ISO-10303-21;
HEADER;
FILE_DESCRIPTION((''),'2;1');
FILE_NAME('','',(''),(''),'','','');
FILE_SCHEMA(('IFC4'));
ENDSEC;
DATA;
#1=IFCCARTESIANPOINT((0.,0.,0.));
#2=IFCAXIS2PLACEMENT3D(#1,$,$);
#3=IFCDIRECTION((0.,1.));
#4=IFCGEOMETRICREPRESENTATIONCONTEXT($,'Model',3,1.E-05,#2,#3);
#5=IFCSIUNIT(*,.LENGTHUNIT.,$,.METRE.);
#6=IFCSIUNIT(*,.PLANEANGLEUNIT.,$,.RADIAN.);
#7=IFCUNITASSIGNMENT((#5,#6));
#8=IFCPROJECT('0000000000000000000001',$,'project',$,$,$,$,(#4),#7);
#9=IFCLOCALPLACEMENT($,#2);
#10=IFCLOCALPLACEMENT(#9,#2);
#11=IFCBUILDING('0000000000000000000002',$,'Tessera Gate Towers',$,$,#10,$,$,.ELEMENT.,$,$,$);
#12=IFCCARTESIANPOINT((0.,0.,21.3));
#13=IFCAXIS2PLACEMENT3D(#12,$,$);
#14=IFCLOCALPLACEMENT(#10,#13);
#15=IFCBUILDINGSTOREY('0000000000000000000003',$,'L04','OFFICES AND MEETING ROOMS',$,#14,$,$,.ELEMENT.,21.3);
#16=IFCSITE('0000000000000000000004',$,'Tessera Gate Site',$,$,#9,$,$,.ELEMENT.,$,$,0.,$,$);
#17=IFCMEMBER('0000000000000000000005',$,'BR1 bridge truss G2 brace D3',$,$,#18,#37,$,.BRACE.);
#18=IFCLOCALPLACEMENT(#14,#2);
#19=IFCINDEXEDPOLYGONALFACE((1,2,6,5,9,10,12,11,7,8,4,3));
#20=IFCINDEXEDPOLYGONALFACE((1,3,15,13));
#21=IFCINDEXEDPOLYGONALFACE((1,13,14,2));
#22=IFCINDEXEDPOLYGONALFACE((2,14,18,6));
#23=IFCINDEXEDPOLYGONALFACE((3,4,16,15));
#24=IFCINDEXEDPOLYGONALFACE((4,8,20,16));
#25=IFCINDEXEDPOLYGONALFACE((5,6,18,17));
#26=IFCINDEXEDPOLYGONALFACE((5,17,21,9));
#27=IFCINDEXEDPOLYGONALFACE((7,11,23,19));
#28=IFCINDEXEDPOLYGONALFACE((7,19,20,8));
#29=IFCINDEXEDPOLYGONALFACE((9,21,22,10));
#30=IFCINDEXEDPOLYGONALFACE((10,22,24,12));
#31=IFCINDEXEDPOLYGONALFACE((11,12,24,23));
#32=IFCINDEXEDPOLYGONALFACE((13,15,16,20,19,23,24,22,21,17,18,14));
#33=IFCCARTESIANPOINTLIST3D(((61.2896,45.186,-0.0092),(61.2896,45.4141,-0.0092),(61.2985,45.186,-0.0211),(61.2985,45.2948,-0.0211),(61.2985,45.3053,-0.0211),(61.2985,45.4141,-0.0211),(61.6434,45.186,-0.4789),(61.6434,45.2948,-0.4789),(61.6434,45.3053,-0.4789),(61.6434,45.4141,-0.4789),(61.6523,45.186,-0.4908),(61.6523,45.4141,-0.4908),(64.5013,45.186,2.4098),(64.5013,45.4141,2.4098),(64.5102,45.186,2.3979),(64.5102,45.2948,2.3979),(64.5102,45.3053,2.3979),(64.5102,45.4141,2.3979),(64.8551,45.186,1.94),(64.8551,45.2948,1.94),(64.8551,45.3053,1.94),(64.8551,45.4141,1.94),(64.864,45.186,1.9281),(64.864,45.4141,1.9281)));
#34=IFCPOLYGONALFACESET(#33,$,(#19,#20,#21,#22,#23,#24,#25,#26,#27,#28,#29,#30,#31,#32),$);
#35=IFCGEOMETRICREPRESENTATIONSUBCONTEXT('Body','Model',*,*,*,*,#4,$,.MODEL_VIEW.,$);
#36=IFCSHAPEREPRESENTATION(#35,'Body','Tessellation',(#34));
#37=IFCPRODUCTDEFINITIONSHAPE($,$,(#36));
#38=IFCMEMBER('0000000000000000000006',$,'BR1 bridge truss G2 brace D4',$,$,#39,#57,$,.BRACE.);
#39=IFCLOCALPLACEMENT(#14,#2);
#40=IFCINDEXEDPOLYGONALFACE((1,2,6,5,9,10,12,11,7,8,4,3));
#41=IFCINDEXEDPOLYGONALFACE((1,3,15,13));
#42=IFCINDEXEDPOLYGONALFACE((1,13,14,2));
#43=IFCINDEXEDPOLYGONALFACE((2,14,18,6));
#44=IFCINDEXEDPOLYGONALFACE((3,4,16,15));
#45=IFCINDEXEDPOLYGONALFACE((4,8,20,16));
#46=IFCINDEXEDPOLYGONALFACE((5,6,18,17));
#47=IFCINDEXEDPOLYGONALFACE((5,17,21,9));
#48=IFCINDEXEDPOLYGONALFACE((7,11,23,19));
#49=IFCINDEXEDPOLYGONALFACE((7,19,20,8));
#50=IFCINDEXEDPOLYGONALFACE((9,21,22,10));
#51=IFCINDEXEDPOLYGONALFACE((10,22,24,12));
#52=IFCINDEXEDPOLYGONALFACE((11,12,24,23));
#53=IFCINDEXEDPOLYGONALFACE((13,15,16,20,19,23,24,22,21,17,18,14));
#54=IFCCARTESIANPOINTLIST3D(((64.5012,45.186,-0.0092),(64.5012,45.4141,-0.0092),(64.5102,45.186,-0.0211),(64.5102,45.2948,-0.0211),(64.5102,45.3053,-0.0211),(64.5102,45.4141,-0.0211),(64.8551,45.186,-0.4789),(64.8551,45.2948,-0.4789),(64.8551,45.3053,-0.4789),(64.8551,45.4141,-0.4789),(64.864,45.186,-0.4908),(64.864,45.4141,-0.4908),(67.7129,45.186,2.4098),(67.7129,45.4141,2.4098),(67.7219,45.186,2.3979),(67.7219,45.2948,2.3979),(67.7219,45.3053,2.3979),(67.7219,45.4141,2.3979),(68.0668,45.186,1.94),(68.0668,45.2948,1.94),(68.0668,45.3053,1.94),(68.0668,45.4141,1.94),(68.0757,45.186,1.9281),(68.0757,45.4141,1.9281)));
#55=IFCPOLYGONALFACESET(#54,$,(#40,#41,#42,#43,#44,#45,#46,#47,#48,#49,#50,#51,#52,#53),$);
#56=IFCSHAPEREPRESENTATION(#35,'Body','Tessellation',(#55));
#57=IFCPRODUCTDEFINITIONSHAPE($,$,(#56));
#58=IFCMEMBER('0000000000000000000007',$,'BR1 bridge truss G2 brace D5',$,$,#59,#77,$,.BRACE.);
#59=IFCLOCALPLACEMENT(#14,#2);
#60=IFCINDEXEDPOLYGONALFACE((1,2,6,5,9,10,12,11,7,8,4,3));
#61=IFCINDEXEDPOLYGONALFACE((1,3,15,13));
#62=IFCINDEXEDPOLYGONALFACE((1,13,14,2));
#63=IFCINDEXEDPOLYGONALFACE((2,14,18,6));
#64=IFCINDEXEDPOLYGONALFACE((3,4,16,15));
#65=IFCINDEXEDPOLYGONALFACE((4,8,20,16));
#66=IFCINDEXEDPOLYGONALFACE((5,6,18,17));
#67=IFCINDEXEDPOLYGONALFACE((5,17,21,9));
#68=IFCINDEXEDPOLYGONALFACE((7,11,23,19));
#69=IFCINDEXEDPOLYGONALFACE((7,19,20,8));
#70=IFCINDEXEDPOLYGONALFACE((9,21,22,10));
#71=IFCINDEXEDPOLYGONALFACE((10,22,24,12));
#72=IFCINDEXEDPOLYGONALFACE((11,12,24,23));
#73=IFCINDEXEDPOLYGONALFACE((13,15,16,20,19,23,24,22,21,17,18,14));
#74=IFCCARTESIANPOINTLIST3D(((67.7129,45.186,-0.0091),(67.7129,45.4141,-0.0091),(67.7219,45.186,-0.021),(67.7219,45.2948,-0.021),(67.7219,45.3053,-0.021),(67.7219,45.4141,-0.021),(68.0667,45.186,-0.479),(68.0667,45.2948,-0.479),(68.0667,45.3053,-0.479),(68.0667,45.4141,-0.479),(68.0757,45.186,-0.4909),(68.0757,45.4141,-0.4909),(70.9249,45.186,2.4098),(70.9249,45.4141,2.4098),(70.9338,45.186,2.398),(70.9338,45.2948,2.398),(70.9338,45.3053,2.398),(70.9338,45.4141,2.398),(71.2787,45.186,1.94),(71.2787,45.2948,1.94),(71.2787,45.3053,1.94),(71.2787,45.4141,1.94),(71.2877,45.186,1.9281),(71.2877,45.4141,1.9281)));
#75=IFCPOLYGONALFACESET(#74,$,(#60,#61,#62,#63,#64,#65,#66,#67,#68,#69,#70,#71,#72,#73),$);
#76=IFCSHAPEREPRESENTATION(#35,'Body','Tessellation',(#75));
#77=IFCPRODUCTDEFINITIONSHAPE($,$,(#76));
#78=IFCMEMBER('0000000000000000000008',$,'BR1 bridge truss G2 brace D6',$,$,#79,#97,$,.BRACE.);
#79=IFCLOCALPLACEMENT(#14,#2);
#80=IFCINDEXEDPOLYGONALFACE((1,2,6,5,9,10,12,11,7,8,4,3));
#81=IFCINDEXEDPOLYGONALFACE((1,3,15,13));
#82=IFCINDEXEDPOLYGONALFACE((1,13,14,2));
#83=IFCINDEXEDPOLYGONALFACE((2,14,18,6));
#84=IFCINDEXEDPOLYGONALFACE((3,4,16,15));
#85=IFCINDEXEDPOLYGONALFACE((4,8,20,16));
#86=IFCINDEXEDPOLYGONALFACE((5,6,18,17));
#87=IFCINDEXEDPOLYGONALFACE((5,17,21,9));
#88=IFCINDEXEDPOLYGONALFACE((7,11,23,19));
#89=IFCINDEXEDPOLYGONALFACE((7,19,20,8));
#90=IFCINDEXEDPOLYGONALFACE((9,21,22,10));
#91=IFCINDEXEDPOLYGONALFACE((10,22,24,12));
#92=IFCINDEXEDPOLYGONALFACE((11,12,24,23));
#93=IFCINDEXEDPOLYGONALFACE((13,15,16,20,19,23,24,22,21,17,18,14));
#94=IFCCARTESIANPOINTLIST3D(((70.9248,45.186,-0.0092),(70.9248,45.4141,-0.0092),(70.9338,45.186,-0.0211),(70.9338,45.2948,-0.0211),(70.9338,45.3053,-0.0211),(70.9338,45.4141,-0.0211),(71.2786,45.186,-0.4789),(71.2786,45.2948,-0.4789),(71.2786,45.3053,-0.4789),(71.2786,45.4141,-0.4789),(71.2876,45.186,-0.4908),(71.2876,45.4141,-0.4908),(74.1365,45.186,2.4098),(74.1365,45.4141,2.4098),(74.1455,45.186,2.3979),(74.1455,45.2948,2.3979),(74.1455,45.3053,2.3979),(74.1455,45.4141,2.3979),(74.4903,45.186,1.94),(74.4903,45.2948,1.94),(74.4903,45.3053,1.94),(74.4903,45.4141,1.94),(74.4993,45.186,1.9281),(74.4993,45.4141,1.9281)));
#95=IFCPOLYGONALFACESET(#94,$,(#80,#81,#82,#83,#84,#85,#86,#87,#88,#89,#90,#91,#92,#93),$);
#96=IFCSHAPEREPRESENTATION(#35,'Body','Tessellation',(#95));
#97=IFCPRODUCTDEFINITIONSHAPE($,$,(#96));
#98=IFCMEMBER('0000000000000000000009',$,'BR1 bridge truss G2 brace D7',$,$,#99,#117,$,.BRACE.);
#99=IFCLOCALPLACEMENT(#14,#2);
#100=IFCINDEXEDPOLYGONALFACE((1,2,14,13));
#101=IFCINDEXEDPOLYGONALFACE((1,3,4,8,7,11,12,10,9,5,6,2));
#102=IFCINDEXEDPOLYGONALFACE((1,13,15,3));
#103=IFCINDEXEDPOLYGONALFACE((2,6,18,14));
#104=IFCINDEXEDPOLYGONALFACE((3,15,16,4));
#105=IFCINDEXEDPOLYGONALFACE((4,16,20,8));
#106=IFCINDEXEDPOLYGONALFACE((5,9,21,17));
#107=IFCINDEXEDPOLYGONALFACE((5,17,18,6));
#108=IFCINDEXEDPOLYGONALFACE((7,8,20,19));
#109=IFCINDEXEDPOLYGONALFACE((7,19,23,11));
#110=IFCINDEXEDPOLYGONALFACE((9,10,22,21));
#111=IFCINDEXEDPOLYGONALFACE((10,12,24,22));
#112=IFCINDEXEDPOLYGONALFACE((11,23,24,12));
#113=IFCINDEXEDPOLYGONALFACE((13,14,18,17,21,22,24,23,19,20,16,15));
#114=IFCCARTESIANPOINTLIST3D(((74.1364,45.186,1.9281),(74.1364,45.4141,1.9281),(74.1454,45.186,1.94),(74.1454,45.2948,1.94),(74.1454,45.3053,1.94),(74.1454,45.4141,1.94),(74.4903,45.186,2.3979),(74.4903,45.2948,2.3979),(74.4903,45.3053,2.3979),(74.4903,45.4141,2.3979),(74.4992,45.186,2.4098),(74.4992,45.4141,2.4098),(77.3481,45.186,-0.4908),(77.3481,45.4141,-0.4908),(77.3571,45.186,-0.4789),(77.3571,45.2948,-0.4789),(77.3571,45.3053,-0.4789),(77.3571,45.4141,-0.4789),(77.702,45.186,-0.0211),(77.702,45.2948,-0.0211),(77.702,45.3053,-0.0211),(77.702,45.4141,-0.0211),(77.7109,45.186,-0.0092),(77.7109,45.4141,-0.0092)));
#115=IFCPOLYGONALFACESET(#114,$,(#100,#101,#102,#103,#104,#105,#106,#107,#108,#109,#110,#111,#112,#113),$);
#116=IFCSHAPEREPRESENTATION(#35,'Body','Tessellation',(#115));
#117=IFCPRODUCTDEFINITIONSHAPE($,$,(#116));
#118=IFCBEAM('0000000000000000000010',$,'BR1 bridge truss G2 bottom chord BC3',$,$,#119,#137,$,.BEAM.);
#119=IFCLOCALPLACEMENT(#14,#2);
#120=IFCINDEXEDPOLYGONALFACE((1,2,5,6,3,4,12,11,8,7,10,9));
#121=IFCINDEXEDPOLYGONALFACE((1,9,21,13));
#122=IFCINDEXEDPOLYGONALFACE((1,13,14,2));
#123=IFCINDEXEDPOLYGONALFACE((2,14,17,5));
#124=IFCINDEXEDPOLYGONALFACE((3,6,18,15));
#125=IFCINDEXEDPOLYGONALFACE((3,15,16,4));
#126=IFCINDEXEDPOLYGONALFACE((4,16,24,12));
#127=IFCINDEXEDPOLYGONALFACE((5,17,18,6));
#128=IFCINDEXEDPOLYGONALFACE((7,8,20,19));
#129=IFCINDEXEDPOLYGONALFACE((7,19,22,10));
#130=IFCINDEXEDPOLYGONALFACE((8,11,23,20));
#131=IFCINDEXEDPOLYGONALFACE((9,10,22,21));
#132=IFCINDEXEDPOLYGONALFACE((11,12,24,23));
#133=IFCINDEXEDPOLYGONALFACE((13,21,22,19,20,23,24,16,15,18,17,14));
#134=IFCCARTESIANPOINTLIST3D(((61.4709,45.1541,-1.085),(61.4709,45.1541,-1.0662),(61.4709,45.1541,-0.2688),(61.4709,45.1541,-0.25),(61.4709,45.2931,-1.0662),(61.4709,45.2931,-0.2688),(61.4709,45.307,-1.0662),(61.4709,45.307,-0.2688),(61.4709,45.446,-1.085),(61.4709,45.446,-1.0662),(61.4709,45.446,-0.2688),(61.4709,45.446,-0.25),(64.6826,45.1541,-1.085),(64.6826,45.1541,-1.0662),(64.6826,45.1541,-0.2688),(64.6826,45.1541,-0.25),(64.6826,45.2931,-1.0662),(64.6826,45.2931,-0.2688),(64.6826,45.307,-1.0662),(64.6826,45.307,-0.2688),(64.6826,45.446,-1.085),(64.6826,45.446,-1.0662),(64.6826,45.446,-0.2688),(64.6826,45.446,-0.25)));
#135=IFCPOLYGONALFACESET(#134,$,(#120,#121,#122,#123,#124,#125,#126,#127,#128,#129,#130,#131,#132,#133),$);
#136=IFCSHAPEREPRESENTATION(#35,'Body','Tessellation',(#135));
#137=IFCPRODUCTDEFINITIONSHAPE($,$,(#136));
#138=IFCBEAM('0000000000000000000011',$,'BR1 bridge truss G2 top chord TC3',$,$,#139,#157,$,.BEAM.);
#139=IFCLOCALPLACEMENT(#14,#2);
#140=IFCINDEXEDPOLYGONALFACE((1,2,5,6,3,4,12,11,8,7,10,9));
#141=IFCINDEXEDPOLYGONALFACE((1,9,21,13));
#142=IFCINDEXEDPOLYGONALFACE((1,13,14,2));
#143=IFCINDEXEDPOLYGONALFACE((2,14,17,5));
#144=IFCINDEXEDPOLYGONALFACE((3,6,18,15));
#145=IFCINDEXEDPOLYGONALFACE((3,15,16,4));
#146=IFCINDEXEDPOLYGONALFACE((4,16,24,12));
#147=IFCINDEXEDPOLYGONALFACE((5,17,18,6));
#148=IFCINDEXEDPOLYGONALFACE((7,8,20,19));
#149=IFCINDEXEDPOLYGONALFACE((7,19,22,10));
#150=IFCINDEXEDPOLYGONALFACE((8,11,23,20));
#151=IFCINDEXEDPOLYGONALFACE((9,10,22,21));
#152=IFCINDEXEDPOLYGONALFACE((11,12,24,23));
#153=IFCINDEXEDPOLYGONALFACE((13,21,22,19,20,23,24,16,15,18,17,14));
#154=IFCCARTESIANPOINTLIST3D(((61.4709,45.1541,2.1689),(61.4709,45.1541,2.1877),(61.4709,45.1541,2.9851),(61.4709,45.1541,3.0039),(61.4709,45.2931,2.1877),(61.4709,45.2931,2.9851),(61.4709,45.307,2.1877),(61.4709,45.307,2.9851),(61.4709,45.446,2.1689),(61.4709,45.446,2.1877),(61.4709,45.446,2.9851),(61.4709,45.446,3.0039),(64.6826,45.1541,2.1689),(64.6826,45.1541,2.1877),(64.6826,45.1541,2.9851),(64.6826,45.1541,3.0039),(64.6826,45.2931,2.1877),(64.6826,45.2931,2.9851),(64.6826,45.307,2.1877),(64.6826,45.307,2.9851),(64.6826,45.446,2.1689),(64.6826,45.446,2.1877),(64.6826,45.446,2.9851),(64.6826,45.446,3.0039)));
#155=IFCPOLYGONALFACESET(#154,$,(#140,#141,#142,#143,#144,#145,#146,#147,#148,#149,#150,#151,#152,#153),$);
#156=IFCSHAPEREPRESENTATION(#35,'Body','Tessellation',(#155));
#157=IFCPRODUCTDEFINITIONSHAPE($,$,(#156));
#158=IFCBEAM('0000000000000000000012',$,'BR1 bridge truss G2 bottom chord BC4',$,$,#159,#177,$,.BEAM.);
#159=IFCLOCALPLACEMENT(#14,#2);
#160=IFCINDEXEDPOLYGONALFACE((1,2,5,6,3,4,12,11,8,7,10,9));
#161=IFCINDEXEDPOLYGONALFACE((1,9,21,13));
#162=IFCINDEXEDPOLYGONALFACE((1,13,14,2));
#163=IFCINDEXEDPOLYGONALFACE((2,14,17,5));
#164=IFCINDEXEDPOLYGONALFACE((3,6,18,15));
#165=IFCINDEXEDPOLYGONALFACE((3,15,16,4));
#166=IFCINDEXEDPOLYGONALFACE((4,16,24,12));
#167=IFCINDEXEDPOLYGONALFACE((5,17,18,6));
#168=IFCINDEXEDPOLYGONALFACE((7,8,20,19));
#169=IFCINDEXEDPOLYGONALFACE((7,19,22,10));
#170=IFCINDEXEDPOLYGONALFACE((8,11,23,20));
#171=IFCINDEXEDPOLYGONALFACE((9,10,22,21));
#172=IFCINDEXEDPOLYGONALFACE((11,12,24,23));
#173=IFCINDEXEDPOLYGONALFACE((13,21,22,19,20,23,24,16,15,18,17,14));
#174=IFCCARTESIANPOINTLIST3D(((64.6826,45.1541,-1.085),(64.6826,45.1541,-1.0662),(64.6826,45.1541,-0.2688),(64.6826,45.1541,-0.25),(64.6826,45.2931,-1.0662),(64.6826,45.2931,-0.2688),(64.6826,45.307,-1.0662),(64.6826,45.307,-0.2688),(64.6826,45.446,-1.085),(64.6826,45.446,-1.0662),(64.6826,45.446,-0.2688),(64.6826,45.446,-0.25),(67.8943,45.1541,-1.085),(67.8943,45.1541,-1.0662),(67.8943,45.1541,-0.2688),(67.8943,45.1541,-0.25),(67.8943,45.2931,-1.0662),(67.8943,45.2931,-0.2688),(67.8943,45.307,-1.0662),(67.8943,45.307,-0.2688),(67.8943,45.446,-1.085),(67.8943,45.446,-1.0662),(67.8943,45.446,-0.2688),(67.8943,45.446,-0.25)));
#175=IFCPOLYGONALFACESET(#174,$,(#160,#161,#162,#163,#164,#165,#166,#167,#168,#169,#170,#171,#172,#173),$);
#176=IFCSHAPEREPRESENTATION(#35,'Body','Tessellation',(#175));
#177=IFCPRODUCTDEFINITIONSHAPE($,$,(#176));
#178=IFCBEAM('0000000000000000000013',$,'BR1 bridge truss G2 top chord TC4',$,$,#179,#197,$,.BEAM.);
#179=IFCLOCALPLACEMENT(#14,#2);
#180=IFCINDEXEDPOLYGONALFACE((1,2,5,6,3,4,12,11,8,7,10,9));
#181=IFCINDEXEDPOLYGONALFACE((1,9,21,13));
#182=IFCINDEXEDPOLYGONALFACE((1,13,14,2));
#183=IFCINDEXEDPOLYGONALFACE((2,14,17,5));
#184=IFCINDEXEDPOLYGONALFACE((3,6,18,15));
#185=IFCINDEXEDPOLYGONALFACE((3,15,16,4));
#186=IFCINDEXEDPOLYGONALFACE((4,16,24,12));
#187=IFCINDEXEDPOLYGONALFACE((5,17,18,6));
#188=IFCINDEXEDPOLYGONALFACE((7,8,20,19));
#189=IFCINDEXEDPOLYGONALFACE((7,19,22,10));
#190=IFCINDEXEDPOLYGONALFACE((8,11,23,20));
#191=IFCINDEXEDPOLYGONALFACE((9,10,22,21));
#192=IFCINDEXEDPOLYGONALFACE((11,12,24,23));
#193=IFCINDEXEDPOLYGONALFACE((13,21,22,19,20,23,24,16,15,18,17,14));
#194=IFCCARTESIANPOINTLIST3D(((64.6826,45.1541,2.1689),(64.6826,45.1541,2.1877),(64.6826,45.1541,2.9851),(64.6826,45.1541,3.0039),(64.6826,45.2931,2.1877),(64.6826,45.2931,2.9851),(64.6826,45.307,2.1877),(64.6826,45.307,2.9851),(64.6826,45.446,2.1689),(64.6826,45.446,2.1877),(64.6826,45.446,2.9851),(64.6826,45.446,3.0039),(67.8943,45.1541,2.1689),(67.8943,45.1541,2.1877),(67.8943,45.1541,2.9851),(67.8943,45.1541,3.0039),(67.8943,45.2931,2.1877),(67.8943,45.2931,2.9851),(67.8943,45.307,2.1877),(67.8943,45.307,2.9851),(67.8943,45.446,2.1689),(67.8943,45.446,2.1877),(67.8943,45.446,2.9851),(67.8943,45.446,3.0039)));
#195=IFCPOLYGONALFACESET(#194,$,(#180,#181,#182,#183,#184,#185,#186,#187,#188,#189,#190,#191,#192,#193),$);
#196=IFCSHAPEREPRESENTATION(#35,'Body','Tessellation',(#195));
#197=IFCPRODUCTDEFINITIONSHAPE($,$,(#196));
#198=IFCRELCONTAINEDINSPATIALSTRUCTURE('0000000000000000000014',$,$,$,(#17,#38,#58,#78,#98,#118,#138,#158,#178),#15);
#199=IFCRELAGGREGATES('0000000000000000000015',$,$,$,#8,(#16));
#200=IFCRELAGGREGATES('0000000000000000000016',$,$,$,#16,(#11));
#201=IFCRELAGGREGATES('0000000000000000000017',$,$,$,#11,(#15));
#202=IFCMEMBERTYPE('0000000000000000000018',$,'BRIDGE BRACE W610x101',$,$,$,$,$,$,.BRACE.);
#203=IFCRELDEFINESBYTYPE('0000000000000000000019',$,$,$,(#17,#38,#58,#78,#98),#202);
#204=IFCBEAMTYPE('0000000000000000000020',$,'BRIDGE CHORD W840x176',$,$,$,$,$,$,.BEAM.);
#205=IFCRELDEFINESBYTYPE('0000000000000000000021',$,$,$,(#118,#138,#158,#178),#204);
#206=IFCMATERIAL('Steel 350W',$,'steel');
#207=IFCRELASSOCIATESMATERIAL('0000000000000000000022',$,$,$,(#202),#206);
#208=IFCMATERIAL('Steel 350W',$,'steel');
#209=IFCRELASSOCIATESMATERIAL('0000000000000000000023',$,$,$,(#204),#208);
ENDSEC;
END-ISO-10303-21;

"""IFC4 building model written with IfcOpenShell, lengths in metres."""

from ifc_helpers import new_model, si_unit, direction, frame, origin, origin_2d, place, context, subcontext, project, spatial, i_section, extrude, material, material_profile, profile_set, type_object, element, save


model = new_model("IFC4")

# Units and contexts
model_context = context("Model", 3, precision=1e-05, world=origin(), true_north=direction((0.0, 1.0)))
body_context = subcontext(model_context, "Body", "Model", "MODEL_VIEW")
ifc_project = project(units=[si_unit("LENGTHUNIT", "METRE"), si_unit("PLANEANGLEUNIT", "RADIAN")], contexts=[model_context])

# Site, building, storey
site_placement = place(None, origin())
site = spatial("IfcSite", under=ifc_project, at=site_placement, Name="Tessera Gate Site", CompositionType="ELEMENT", RefElevation=0.0)
building_placement = place(site_placement, origin())
building = spatial("IfcBuilding", under=site, at=building_placement, Name="Tessera Gate Towers", CompositionType="ELEMENT")
storey_placement = place(building_placement, frame((0.0, 0.0, 21.3)))
storey = spatial("IfcBuildingStorey", under=building, at=storey_placement, Name="L04", Description="OFFICES AND MEETING ROOMS", CompositionType="ELEMENT", Elevation=21.3)

# Members
ifc_material_1 = material(Name="Steel 350W", Category="steel")
ifc_material_profile_1 = material_profile(ifc_material_1, i_section(OverallWidth=0.228, OverallDepth=0.603, WebThickness=0.0105, FlangeThickness=0.0149, at=origin_2d()), Name="W610x101")
ifc_profile_set_1 = profile_set([ifc_material_profile_1], Name="Steel 350W")
member_type_1 = type_object("IfcMemberType", Name="BRIDGE BRACE W610x101", PredefinedType="BRACE", material=ifc_profile_set_1)
for number, where, z_axis, x_axis, name in (
    (1, (61.4709, 45.3, -0.25), (0.798782, 0.0, 0.601621), (0.0, 1.0, 0.0), "BR1 bridge truss G2 brace D3"),
    (2, (64.6826, 45.3, -0.25), (0.798782, 0.0, 0.601621), (0.0, 1.0, 0.0), "BR1 bridge truss G2 brace D4"),
):
    element("IfcMember", number, at=place(storey_placement, frame(where, z_axis=z_axis, x_axis=x_axis)), inside=storey, type_object=member_type_1, Name=name, PredefinedType="BRACE", context=body_context, shape_type="SweptSolid", body=[
        extrude(i_section(OverallWidth=0.228, OverallDepth=0.603, WebThickness=0.0105, FlangeThickness=0.0149, at=origin_2d()), origin(), (0.0, 0.0, 1.0), 4.0208),
    ])
member_1_placement = place(storey_placement, frame((67.8943, 45.3, -0.25), z_axis=(0.798803, 0.0, 0.601592), x_axis=(0.0, 1.0, 0.0)))
element("IfcMember", 3, at=member_1_placement, inside=storey, type_object=member_type_1, Name="BR1 bridge truss G2 brace D5", PredefinedType="BRACE", context=body_context, shape_type="SweptSolid", body=[
    extrude(i_section(OverallWidth=0.228, OverallDepth=0.603, WebThickness=0.0105, FlangeThickness=0.0149, at=origin_2d()), origin(), (0.0, 0.0, 1.0), 4.021),
])
for number, where, z_axis, x_axis, name in (
    (4, (71.1062, 45.3, -0.25), (0.798782, 0.0, 0.601621), (0.0, 1.0, 0.0), "BR1 bridge truss G2 brace D6"),
    (5, (77.5295, 45.3, -0.25), (-0.798782, 0.0, 0.601621), (0.0, -1.0, 0.0), "BR1 bridge truss G2 brace D7"),
):
    element("IfcMember", number, at=place(storey_placement, frame(where, z_axis=z_axis, x_axis=x_axis)), inside=storey, type_object=member_type_1, Name=name, PredefinedType="BRACE", context=body_context, shape_type="SweptSolid", body=[
        extrude(i_section(OverallWidth=0.228, OverallDepth=0.603, WebThickness=0.0105, FlangeThickness=0.0149, at=origin_2d()), origin(), (0.0, 0.0, 1.0), 4.0208),
    ])

# Beams
ifc_material_2 = material(Name="Steel 350W", Category="steel")
ifc_material_profile_2 = material_profile(ifc_material_2, i_section(OverallWidth=0.292, OverallDepth=0.835, WebThickness=0.0139, FlangeThickness=0.0188, at=origin_2d()), Name="W840x176")
ifc_profile_set_2 = profile_set([ifc_material_profile_2], Name="Steel 350W")
beam_type_1 = type_object("IfcBeamType", Name="BRIDGE CHORD W840x176", PredefinedType="BEAM", material=ifc_profile_set_2)
for number, where, z_axis, x_axis, name in (
    (6, (61.4709, 45.3, -0.6675), (1.0, 0.0, 0.0), (0.0, 1.0, 0.0), "BR1 bridge truss G2 bottom chord BC3"),
    (7, (61.4709, 45.3, 2.5864), (1.0, 0.0, 0.0), (0.0, 1.0, 0.0), "BR1 bridge truss G2 top chord TC3"),
    (8, (64.6826, 45.3, -0.6675), (1.0, 0.0, 0.0), (0.0, 1.0, 0.0), "BR1 bridge truss G2 bottom chord BC4"),
    (9, (64.6826, 45.3, 2.5864), (1.0, 0.0, 0.0), (0.0, 1.0, 0.0), "BR1 bridge truss G2 top chord TC4"),
):
    element("IfcBeam", number, at=place(storey_placement, frame(where, z_axis=z_axis, x_axis=x_axis)), inside=storey, type_object=beam_type_1, Name=name, PredefinedType="BEAM", context=body_context, shape_type="SweptSolid", body=[
        extrude(i_section(OverallWidth=0.292, OverallDepth=0.835, WebThickness=0.0139, FlangeThickness=0.0188, at=origin_2d()), origin(), (0.0, 0.0, 1.0), 3.2117),
    ])

save(model, "model.ifc")
